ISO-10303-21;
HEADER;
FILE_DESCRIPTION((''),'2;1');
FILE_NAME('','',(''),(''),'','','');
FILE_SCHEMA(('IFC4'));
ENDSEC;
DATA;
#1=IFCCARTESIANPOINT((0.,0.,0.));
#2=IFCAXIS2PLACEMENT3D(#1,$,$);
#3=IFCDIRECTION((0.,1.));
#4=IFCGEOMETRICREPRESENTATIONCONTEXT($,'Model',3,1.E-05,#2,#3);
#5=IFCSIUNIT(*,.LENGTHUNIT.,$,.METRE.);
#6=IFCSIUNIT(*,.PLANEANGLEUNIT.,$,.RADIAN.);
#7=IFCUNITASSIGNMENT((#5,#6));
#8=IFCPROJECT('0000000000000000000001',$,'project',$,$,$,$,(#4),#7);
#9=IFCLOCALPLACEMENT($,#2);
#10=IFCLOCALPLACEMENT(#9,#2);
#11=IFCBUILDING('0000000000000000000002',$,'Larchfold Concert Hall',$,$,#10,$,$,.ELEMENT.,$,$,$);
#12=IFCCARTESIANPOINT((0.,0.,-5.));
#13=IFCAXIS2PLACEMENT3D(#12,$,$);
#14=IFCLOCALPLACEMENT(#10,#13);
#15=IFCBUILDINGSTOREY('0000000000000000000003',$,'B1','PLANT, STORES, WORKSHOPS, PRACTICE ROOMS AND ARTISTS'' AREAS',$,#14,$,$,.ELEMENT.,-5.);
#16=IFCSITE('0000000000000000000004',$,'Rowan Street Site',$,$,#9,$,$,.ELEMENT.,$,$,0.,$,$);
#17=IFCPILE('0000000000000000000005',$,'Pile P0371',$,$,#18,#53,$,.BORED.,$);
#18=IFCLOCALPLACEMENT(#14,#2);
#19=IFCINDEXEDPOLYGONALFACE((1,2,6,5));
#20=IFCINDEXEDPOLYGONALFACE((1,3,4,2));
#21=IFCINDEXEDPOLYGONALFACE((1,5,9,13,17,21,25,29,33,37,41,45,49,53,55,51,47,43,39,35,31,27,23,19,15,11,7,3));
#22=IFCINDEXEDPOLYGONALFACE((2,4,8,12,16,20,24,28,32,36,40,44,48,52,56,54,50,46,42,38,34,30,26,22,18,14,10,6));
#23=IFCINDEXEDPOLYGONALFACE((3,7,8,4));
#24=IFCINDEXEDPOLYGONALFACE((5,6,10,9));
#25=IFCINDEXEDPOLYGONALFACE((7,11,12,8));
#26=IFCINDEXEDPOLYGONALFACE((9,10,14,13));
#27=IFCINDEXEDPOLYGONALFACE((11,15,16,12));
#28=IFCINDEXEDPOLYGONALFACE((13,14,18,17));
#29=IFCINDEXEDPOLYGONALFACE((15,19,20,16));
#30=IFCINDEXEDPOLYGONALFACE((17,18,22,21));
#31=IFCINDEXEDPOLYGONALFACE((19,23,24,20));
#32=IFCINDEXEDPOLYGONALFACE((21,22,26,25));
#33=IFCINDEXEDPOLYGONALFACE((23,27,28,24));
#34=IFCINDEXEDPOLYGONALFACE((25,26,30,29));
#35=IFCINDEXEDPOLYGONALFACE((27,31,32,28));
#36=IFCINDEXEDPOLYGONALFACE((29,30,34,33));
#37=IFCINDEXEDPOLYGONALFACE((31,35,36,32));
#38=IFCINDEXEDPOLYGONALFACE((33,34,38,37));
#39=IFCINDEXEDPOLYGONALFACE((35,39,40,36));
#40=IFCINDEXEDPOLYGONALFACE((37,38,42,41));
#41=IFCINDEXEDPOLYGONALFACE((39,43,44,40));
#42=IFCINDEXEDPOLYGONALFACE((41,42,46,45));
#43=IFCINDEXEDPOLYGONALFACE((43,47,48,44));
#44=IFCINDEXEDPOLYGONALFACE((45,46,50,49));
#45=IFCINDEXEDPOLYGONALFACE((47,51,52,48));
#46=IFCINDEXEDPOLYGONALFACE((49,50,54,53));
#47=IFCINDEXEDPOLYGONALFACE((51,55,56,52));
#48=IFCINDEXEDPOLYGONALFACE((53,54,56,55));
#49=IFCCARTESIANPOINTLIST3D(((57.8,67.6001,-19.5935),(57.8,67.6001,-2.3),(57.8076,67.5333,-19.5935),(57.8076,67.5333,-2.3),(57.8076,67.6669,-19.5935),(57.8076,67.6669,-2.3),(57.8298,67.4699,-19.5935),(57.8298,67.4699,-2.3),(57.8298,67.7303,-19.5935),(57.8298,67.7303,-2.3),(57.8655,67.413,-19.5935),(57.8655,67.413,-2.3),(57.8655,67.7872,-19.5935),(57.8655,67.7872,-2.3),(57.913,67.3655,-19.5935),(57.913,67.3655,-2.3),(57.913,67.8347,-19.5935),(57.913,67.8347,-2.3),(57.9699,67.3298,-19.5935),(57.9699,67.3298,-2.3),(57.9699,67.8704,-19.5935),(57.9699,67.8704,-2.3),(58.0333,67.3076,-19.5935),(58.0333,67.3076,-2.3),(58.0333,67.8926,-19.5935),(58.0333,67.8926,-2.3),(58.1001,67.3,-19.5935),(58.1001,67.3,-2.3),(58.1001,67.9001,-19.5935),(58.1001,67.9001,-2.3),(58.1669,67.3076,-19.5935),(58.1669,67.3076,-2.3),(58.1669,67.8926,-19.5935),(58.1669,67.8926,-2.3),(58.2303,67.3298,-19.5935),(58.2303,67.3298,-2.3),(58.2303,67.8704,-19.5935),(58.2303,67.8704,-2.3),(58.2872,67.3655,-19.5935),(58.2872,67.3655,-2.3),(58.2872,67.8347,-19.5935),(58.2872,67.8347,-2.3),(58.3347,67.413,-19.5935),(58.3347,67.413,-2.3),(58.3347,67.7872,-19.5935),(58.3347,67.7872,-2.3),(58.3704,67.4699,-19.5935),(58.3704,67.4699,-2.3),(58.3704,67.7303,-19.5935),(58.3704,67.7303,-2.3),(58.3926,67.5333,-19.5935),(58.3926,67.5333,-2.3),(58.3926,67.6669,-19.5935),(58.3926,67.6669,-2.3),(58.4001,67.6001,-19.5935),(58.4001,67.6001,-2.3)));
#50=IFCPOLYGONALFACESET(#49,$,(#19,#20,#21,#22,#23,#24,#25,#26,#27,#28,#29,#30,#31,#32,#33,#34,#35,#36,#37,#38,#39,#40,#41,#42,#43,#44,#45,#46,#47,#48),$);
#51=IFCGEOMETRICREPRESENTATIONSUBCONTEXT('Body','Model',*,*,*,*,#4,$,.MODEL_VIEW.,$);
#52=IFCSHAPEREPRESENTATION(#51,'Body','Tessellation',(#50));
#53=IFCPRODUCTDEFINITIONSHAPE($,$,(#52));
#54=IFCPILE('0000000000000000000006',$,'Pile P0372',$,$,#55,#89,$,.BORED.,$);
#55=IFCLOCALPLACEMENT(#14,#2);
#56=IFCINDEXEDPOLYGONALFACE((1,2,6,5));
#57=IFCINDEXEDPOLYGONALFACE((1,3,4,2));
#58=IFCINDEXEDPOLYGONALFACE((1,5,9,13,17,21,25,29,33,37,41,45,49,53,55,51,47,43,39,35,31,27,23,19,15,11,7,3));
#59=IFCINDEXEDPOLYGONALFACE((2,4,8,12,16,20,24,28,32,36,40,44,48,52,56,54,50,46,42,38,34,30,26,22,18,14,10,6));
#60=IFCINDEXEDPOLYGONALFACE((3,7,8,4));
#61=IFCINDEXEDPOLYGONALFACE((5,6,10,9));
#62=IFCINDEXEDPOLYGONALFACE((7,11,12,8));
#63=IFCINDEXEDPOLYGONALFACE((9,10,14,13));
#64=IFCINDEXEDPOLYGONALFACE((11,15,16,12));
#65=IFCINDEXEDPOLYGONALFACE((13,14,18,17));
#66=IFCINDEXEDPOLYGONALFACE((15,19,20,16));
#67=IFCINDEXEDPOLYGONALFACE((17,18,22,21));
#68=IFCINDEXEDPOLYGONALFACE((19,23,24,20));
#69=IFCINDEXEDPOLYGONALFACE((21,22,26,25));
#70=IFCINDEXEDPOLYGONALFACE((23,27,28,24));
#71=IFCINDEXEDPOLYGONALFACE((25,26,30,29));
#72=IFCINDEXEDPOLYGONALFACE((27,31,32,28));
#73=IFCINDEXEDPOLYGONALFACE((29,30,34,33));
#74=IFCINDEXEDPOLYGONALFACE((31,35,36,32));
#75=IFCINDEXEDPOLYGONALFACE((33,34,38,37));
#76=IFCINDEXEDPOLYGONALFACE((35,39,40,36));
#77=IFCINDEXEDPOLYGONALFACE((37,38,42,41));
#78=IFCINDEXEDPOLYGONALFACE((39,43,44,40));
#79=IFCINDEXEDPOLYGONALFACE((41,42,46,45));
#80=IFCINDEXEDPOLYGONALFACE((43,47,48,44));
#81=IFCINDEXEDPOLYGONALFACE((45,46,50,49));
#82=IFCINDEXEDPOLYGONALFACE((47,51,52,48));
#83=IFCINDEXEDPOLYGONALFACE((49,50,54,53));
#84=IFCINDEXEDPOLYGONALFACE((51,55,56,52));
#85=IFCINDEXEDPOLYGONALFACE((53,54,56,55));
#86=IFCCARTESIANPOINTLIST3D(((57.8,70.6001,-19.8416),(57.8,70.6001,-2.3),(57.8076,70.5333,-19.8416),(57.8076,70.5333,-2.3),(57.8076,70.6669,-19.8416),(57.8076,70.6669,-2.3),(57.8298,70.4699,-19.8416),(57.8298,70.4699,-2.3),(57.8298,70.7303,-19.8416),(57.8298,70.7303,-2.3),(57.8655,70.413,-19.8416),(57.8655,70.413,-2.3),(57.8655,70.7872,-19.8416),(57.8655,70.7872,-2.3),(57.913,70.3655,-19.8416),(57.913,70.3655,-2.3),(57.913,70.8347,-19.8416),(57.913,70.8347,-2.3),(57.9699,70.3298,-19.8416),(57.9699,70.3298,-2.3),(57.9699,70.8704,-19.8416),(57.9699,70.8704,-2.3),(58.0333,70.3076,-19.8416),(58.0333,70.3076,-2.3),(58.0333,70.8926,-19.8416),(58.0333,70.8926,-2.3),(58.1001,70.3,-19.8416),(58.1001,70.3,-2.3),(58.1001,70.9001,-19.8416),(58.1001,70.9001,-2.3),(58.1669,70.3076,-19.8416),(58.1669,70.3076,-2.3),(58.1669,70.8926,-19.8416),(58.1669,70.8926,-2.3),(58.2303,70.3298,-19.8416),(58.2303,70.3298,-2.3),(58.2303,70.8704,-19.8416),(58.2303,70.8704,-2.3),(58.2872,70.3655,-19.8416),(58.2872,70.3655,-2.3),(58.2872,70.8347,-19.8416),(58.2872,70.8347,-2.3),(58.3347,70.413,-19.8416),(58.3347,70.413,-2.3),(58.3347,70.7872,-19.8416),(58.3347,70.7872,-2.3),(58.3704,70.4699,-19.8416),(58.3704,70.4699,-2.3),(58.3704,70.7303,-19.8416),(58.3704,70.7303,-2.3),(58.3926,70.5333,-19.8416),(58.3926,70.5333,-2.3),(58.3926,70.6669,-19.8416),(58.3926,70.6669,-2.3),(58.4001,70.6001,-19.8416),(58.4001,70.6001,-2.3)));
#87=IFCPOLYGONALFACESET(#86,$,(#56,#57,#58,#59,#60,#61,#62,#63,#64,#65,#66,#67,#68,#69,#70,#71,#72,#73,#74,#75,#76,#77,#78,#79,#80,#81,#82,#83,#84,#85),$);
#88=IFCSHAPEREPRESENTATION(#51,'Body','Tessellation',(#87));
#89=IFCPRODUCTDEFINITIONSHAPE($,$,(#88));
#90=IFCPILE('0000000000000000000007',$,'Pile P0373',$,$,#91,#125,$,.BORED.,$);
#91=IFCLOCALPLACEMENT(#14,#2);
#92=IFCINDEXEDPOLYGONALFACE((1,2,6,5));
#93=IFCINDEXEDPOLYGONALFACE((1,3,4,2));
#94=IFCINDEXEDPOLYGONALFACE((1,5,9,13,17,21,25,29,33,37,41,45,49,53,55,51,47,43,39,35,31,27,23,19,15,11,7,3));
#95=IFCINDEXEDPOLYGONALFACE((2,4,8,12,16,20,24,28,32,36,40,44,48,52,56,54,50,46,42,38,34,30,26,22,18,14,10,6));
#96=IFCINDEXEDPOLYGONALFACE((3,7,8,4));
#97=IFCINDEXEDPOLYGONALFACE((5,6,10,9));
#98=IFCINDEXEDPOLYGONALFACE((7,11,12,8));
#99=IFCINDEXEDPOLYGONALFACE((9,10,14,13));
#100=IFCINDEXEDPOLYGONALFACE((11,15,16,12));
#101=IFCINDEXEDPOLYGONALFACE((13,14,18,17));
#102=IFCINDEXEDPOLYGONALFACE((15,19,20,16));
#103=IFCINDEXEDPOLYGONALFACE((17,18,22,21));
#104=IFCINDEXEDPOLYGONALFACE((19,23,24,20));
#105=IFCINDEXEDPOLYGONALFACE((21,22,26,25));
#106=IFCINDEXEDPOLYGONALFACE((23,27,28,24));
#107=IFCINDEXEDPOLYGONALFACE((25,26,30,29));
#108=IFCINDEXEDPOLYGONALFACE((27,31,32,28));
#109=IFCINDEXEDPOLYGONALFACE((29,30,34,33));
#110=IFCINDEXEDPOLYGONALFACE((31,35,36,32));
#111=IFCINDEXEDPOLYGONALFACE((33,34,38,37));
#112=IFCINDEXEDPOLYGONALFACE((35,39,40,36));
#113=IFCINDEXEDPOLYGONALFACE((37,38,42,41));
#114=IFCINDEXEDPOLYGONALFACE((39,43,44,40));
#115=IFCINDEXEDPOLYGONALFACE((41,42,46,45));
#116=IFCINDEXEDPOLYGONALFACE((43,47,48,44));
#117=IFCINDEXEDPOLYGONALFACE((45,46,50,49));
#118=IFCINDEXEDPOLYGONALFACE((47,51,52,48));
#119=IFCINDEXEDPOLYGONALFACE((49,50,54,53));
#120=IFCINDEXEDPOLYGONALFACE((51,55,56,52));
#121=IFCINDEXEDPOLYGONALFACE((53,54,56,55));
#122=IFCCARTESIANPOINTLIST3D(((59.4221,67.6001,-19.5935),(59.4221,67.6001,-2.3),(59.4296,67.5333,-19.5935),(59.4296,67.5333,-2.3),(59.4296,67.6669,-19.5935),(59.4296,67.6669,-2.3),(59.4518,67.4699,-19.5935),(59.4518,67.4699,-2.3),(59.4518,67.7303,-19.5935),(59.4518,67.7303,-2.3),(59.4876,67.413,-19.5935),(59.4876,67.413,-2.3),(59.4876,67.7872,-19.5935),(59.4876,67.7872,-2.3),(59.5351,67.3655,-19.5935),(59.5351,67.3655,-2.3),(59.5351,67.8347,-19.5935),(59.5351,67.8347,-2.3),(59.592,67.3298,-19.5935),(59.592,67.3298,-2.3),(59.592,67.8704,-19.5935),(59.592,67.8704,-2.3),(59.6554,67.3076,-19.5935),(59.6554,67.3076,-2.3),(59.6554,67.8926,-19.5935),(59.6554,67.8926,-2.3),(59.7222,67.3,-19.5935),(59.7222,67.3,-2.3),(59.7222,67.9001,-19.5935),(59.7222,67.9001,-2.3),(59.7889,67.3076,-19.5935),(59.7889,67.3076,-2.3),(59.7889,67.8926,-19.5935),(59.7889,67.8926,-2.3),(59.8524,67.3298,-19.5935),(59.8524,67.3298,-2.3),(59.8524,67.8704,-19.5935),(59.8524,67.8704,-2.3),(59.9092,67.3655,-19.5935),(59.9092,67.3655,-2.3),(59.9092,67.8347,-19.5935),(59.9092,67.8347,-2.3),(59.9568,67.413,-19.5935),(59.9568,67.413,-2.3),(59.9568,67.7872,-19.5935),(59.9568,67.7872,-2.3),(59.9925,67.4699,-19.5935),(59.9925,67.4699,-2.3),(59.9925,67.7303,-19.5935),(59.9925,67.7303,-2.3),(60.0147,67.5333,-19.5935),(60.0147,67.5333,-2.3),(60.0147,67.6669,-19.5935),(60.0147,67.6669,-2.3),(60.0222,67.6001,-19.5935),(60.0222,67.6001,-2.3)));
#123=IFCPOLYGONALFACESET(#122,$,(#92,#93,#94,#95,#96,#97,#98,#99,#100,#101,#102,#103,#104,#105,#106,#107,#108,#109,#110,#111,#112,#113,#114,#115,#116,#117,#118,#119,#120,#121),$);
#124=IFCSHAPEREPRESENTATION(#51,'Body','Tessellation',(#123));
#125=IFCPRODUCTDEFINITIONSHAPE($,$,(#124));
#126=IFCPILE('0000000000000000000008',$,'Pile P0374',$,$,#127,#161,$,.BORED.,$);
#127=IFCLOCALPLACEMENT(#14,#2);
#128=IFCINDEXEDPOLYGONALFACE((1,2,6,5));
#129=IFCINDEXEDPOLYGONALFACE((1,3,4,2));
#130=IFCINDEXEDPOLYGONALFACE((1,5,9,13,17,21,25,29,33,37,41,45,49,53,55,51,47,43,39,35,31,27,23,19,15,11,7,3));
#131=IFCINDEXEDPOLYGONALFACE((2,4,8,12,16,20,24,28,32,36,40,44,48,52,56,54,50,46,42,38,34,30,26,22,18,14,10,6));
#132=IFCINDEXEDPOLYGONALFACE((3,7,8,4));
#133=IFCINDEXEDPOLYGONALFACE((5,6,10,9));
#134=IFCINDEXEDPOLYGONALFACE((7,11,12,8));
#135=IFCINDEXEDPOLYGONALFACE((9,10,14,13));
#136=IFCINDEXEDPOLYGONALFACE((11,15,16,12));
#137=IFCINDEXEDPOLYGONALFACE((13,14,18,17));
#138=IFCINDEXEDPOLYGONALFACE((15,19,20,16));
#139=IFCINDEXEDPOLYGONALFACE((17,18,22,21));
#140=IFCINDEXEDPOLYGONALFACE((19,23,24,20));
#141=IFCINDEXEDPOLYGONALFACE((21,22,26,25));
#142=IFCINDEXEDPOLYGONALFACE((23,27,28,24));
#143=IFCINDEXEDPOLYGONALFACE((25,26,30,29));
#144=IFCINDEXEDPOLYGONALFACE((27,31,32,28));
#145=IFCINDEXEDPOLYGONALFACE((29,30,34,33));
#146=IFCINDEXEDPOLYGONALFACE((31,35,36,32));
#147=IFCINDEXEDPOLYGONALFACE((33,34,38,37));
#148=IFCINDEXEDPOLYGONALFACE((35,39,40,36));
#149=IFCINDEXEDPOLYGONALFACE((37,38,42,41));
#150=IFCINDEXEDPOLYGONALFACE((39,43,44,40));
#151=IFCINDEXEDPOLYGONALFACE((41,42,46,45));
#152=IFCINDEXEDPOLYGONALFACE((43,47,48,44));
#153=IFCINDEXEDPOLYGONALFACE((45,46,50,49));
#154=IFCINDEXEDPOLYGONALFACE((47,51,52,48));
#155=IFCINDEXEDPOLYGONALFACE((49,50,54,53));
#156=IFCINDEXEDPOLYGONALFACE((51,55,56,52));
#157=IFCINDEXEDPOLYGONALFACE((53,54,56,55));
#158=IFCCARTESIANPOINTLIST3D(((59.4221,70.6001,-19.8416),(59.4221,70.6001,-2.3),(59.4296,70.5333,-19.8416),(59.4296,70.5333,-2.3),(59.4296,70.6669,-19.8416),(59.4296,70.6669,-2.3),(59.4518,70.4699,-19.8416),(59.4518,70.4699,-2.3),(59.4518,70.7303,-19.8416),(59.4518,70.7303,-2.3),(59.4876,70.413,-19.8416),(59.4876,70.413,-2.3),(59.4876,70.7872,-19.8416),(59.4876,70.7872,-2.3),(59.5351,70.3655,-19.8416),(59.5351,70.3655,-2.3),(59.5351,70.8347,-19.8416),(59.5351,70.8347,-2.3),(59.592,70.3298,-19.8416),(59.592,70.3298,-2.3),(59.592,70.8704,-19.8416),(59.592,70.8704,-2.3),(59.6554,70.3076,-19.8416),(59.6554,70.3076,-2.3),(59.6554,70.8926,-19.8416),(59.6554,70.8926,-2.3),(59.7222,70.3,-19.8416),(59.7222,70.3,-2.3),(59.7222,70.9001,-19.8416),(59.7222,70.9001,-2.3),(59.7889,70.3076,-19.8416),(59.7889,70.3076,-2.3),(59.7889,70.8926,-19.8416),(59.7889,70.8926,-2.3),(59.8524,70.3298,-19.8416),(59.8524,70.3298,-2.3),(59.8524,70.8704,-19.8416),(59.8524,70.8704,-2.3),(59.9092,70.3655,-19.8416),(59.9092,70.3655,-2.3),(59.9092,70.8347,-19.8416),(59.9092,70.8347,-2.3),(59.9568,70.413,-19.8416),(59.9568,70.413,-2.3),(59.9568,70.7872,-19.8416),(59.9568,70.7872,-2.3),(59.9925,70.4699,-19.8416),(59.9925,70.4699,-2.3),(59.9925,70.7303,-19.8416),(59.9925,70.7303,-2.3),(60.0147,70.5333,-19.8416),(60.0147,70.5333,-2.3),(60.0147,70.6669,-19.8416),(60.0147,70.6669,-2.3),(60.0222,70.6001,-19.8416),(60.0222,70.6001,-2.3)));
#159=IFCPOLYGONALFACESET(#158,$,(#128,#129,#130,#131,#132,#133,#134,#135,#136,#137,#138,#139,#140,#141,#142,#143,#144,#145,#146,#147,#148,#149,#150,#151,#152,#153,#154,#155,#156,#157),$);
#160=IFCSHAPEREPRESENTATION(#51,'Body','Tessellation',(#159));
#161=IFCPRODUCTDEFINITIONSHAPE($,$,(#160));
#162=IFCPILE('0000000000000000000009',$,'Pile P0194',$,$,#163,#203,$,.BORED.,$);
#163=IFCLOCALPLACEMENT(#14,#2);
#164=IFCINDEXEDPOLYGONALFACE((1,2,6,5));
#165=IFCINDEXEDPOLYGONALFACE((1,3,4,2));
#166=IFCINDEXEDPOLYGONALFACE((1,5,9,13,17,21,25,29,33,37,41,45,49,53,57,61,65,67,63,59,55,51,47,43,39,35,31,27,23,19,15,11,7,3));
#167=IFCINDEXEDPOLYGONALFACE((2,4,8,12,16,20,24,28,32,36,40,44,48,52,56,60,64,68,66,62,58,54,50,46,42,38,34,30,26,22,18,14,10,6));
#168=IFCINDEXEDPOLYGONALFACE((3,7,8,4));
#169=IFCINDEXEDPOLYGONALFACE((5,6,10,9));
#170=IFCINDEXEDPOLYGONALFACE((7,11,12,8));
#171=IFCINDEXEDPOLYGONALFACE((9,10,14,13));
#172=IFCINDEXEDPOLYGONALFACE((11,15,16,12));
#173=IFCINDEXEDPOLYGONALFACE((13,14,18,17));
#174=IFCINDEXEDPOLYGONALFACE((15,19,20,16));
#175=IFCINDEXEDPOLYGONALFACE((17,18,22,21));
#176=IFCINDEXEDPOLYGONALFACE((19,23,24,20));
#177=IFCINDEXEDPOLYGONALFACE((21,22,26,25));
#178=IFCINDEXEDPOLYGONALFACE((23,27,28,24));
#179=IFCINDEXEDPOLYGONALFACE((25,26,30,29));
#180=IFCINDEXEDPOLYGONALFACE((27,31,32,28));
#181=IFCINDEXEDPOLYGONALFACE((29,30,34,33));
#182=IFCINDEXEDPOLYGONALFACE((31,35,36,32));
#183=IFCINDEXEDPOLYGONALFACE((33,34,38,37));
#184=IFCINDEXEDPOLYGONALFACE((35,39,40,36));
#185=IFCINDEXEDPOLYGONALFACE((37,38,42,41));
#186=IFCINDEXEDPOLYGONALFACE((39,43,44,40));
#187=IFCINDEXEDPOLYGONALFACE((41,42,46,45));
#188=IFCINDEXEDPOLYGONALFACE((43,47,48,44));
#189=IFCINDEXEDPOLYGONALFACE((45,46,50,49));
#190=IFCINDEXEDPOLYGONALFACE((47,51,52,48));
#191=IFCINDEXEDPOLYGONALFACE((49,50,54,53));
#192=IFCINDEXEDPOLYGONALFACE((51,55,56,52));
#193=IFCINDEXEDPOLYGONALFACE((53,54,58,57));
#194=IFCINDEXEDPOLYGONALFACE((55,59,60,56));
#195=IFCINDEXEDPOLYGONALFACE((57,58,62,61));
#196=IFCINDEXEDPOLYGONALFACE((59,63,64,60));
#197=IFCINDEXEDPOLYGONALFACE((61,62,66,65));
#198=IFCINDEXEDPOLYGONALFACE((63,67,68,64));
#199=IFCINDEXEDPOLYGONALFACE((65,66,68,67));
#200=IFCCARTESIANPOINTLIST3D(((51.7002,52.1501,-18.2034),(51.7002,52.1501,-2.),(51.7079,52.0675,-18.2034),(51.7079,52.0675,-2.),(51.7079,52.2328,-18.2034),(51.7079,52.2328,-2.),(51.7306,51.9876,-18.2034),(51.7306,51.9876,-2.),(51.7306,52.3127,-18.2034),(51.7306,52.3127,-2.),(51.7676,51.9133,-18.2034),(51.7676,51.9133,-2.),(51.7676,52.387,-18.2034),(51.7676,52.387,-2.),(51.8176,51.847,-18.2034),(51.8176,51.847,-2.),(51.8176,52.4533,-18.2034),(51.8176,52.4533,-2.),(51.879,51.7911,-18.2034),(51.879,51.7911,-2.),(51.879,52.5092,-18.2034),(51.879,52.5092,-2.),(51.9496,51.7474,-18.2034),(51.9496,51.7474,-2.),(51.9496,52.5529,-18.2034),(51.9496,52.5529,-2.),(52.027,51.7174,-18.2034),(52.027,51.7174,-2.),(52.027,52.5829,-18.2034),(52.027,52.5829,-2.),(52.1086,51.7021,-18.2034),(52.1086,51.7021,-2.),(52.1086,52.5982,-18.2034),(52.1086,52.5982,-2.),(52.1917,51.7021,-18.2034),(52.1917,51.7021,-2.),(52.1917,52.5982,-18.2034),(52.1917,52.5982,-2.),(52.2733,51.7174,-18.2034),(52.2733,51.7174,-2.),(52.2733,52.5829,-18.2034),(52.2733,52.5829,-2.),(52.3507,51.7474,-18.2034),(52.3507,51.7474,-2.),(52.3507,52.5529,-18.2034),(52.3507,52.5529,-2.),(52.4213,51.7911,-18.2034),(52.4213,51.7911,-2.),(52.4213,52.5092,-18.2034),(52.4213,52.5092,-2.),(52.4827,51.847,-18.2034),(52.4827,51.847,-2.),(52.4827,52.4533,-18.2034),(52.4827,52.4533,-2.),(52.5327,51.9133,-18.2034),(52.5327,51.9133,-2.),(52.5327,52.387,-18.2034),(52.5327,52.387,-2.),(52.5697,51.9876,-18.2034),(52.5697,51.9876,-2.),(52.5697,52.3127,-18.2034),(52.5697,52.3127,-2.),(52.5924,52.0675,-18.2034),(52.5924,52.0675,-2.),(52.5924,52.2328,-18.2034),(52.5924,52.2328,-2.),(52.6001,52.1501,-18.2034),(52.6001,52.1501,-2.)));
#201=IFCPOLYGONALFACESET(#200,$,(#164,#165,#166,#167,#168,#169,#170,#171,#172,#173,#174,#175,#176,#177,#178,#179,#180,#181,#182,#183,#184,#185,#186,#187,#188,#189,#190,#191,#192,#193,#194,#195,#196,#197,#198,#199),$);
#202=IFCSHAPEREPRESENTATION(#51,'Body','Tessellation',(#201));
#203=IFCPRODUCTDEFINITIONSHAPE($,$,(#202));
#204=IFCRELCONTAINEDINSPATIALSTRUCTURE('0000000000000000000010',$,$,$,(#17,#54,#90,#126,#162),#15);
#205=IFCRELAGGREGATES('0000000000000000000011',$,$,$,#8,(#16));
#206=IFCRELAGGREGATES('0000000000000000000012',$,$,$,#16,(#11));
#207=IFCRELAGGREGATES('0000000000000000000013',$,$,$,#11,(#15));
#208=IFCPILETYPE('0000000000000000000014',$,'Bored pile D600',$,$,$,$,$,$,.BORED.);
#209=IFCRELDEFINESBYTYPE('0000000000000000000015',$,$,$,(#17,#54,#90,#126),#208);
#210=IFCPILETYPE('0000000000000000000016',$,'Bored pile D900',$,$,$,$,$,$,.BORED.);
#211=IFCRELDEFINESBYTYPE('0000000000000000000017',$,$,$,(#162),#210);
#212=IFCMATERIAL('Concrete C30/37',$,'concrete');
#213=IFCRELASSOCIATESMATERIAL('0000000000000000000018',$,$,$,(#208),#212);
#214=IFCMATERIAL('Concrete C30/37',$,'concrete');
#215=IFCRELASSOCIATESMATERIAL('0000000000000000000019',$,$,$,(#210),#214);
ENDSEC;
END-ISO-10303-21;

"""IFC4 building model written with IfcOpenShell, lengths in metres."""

from ifc_helpers import new_model, si_unit, direction, frame, origin, origin_2d, place, context, subcontext, project, spatial, circle, extrude, material, material_profile, profile_set, type_object, element, save


model = new_model("IFC4")

# Units and contexts
model_context = context("Model", 3, precision=1e-05, world=origin(), true_north=direction((0.0, 1.0)))
body_context = subcontext(model_context, "Body", "Model", "MODEL_VIEW")
ifc_project = project(units=[si_unit("LENGTHUNIT", "METRE"), si_unit("PLANEANGLEUNIT", "RADIAN")], contexts=[model_context])

# Site, building, storey
site_placement = place(None, origin())
site = spatial("IfcSite", under=ifc_project, at=site_placement, Name="Rowan Street Site", CompositionType="ELEMENT", RefElevation=0.0)
building_placement = place(site_placement, origin())
building = spatial("IfcBuilding", under=site, at=building_placement, Name="Larchfold Concert Hall", CompositionType="ELEMENT")
storey_placement = place(building_placement, frame((0.0, 0.0, -5.0)))
storey = spatial("IfcBuildingStorey", under=building, at=storey_placement, Name="B1", Description="PLANT, STORES, WORKSHOPS, PRACTICE ROOMS AND ARTISTS' AREAS", CompositionType="ELEMENT", Elevation=-5.0)

# Piles
ifc_material_1 = material(Name="Concrete C30/37", Category="concrete")
ifc_material_profile_1 = material_profile(ifc_material_1, circle(Radius=0.3, at=origin_2d()))
ifc_profile_set_1 = profile_set([ifc_material_profile_1], Name="Concrete C30/37")
pile_type_1 = type_object("IfcPileType", Name="Bored pile D600", PredefinedType="BORED", material=ifc_profile_set_1)
pile_1_placement = place(storey_placement, frame((58.1001, 67.6001, -2.3), z_axis=(0.0, 0.0, -1.0), x_axis=(1.0, 0.0, 0.0)))
element("IfcPile", 1, at=pile_1_placement, inside=storey, type_object=pile_type_1, Name="Pile P0371", PredefinedType="BORED", context=body_context, shape_type="SweptSolid", body=[
    extrude(circle(Radius=0.3, at=origin_2d()), origin(), (0.0, 0.0, 1.0), 17.2935),
])
pile_2_placement = place(storey_placement, frame((58.1001, 70.6001, -2.3), z_axis=(0.0, 0.0, -1.0), x_axis=(1.0, 0.0, 0.0)))
element("IfcPile", 2, at=pile_2_placement, inside=storey, type_object=pile_type_1, Name="Pile P0372", PredefinedType="BORED", context=body_context, shape_type="SweptSolid", body=[
    extrude(circle(Radius=0.3, at=origin_2d()), origin(), (0.0, 0.0, 1.0), 17.5415),
])
pile_3_placement = place(storey_placement, frame((59.7222, 67.6001, -2.3), z_axis=(0.0, 0.0, -1.0), x_axis=(1.0, 0.0, 0.0)))
element("IfcPile", 3, at=pile_3_placement, inside=storey, type_object=pile_type_1, Name="Pile P0373", PredefinedType="BORED", context=body_context, shape_type="SweptSolid", body=[
    extrude(circle(Radius=0.3, at=origin_2d()), origin(), (0.0, 0.0, 1.0), 17.2935),
])
pile_4_placement = place(storey_placement, frame((59.7222, 70.6001, -2.3), z_axis=(0.0, 0.0, -1.0), x_axis=(1.0, 0.0, 0.0)))
element("IfcPile", 4, at=pile_4_placement, inside=storey, type_object=pile_type_1, Name="Pile P0374", PredefinedType="BORED", context=body_context, shape_type="SweptSolid", body=[
    extrude(circle(Radius=0.3, at=origin_2d()), origin(), (0.0, 0.0, 1.0), 17.5415),
])
ifc_material_2 = material(Name="Concrete C30/37", Category="concrete")
ifc_material_profile_2 = material_profile(ifc_material_2, circle(Radius=0.45, at=origin_2d()))
ifc_profile_set_2 = profile_set([ifc_material_profile_2], Name="Concrete C30/37")
pile_type_2 = type_object("IfcPileType", Name="Bored pile D900", PredefinedType="BORED", material=ifc_profile_set_2)
pile_5_placement = place(storey_placement, frame((52.1501, 52.1501, -2.0), z_axis=(0.0, 0.0, -1.0), x_axis=(1.0, 0.0, 0.0)))
element("IfcPile", 5, at=pile_5_placement, inside=storey, type_object=pile_type_2, Name="Pile P0194", PredefinedType="BORED", context=body_context, shape_type="SweptSolid", body=[
    extrude(circle(Radius=0.45, at=origin_2d()), origin(), (0.0, 0.0, 1.0), 16.2034),
])

save(model, "model.ifc")
